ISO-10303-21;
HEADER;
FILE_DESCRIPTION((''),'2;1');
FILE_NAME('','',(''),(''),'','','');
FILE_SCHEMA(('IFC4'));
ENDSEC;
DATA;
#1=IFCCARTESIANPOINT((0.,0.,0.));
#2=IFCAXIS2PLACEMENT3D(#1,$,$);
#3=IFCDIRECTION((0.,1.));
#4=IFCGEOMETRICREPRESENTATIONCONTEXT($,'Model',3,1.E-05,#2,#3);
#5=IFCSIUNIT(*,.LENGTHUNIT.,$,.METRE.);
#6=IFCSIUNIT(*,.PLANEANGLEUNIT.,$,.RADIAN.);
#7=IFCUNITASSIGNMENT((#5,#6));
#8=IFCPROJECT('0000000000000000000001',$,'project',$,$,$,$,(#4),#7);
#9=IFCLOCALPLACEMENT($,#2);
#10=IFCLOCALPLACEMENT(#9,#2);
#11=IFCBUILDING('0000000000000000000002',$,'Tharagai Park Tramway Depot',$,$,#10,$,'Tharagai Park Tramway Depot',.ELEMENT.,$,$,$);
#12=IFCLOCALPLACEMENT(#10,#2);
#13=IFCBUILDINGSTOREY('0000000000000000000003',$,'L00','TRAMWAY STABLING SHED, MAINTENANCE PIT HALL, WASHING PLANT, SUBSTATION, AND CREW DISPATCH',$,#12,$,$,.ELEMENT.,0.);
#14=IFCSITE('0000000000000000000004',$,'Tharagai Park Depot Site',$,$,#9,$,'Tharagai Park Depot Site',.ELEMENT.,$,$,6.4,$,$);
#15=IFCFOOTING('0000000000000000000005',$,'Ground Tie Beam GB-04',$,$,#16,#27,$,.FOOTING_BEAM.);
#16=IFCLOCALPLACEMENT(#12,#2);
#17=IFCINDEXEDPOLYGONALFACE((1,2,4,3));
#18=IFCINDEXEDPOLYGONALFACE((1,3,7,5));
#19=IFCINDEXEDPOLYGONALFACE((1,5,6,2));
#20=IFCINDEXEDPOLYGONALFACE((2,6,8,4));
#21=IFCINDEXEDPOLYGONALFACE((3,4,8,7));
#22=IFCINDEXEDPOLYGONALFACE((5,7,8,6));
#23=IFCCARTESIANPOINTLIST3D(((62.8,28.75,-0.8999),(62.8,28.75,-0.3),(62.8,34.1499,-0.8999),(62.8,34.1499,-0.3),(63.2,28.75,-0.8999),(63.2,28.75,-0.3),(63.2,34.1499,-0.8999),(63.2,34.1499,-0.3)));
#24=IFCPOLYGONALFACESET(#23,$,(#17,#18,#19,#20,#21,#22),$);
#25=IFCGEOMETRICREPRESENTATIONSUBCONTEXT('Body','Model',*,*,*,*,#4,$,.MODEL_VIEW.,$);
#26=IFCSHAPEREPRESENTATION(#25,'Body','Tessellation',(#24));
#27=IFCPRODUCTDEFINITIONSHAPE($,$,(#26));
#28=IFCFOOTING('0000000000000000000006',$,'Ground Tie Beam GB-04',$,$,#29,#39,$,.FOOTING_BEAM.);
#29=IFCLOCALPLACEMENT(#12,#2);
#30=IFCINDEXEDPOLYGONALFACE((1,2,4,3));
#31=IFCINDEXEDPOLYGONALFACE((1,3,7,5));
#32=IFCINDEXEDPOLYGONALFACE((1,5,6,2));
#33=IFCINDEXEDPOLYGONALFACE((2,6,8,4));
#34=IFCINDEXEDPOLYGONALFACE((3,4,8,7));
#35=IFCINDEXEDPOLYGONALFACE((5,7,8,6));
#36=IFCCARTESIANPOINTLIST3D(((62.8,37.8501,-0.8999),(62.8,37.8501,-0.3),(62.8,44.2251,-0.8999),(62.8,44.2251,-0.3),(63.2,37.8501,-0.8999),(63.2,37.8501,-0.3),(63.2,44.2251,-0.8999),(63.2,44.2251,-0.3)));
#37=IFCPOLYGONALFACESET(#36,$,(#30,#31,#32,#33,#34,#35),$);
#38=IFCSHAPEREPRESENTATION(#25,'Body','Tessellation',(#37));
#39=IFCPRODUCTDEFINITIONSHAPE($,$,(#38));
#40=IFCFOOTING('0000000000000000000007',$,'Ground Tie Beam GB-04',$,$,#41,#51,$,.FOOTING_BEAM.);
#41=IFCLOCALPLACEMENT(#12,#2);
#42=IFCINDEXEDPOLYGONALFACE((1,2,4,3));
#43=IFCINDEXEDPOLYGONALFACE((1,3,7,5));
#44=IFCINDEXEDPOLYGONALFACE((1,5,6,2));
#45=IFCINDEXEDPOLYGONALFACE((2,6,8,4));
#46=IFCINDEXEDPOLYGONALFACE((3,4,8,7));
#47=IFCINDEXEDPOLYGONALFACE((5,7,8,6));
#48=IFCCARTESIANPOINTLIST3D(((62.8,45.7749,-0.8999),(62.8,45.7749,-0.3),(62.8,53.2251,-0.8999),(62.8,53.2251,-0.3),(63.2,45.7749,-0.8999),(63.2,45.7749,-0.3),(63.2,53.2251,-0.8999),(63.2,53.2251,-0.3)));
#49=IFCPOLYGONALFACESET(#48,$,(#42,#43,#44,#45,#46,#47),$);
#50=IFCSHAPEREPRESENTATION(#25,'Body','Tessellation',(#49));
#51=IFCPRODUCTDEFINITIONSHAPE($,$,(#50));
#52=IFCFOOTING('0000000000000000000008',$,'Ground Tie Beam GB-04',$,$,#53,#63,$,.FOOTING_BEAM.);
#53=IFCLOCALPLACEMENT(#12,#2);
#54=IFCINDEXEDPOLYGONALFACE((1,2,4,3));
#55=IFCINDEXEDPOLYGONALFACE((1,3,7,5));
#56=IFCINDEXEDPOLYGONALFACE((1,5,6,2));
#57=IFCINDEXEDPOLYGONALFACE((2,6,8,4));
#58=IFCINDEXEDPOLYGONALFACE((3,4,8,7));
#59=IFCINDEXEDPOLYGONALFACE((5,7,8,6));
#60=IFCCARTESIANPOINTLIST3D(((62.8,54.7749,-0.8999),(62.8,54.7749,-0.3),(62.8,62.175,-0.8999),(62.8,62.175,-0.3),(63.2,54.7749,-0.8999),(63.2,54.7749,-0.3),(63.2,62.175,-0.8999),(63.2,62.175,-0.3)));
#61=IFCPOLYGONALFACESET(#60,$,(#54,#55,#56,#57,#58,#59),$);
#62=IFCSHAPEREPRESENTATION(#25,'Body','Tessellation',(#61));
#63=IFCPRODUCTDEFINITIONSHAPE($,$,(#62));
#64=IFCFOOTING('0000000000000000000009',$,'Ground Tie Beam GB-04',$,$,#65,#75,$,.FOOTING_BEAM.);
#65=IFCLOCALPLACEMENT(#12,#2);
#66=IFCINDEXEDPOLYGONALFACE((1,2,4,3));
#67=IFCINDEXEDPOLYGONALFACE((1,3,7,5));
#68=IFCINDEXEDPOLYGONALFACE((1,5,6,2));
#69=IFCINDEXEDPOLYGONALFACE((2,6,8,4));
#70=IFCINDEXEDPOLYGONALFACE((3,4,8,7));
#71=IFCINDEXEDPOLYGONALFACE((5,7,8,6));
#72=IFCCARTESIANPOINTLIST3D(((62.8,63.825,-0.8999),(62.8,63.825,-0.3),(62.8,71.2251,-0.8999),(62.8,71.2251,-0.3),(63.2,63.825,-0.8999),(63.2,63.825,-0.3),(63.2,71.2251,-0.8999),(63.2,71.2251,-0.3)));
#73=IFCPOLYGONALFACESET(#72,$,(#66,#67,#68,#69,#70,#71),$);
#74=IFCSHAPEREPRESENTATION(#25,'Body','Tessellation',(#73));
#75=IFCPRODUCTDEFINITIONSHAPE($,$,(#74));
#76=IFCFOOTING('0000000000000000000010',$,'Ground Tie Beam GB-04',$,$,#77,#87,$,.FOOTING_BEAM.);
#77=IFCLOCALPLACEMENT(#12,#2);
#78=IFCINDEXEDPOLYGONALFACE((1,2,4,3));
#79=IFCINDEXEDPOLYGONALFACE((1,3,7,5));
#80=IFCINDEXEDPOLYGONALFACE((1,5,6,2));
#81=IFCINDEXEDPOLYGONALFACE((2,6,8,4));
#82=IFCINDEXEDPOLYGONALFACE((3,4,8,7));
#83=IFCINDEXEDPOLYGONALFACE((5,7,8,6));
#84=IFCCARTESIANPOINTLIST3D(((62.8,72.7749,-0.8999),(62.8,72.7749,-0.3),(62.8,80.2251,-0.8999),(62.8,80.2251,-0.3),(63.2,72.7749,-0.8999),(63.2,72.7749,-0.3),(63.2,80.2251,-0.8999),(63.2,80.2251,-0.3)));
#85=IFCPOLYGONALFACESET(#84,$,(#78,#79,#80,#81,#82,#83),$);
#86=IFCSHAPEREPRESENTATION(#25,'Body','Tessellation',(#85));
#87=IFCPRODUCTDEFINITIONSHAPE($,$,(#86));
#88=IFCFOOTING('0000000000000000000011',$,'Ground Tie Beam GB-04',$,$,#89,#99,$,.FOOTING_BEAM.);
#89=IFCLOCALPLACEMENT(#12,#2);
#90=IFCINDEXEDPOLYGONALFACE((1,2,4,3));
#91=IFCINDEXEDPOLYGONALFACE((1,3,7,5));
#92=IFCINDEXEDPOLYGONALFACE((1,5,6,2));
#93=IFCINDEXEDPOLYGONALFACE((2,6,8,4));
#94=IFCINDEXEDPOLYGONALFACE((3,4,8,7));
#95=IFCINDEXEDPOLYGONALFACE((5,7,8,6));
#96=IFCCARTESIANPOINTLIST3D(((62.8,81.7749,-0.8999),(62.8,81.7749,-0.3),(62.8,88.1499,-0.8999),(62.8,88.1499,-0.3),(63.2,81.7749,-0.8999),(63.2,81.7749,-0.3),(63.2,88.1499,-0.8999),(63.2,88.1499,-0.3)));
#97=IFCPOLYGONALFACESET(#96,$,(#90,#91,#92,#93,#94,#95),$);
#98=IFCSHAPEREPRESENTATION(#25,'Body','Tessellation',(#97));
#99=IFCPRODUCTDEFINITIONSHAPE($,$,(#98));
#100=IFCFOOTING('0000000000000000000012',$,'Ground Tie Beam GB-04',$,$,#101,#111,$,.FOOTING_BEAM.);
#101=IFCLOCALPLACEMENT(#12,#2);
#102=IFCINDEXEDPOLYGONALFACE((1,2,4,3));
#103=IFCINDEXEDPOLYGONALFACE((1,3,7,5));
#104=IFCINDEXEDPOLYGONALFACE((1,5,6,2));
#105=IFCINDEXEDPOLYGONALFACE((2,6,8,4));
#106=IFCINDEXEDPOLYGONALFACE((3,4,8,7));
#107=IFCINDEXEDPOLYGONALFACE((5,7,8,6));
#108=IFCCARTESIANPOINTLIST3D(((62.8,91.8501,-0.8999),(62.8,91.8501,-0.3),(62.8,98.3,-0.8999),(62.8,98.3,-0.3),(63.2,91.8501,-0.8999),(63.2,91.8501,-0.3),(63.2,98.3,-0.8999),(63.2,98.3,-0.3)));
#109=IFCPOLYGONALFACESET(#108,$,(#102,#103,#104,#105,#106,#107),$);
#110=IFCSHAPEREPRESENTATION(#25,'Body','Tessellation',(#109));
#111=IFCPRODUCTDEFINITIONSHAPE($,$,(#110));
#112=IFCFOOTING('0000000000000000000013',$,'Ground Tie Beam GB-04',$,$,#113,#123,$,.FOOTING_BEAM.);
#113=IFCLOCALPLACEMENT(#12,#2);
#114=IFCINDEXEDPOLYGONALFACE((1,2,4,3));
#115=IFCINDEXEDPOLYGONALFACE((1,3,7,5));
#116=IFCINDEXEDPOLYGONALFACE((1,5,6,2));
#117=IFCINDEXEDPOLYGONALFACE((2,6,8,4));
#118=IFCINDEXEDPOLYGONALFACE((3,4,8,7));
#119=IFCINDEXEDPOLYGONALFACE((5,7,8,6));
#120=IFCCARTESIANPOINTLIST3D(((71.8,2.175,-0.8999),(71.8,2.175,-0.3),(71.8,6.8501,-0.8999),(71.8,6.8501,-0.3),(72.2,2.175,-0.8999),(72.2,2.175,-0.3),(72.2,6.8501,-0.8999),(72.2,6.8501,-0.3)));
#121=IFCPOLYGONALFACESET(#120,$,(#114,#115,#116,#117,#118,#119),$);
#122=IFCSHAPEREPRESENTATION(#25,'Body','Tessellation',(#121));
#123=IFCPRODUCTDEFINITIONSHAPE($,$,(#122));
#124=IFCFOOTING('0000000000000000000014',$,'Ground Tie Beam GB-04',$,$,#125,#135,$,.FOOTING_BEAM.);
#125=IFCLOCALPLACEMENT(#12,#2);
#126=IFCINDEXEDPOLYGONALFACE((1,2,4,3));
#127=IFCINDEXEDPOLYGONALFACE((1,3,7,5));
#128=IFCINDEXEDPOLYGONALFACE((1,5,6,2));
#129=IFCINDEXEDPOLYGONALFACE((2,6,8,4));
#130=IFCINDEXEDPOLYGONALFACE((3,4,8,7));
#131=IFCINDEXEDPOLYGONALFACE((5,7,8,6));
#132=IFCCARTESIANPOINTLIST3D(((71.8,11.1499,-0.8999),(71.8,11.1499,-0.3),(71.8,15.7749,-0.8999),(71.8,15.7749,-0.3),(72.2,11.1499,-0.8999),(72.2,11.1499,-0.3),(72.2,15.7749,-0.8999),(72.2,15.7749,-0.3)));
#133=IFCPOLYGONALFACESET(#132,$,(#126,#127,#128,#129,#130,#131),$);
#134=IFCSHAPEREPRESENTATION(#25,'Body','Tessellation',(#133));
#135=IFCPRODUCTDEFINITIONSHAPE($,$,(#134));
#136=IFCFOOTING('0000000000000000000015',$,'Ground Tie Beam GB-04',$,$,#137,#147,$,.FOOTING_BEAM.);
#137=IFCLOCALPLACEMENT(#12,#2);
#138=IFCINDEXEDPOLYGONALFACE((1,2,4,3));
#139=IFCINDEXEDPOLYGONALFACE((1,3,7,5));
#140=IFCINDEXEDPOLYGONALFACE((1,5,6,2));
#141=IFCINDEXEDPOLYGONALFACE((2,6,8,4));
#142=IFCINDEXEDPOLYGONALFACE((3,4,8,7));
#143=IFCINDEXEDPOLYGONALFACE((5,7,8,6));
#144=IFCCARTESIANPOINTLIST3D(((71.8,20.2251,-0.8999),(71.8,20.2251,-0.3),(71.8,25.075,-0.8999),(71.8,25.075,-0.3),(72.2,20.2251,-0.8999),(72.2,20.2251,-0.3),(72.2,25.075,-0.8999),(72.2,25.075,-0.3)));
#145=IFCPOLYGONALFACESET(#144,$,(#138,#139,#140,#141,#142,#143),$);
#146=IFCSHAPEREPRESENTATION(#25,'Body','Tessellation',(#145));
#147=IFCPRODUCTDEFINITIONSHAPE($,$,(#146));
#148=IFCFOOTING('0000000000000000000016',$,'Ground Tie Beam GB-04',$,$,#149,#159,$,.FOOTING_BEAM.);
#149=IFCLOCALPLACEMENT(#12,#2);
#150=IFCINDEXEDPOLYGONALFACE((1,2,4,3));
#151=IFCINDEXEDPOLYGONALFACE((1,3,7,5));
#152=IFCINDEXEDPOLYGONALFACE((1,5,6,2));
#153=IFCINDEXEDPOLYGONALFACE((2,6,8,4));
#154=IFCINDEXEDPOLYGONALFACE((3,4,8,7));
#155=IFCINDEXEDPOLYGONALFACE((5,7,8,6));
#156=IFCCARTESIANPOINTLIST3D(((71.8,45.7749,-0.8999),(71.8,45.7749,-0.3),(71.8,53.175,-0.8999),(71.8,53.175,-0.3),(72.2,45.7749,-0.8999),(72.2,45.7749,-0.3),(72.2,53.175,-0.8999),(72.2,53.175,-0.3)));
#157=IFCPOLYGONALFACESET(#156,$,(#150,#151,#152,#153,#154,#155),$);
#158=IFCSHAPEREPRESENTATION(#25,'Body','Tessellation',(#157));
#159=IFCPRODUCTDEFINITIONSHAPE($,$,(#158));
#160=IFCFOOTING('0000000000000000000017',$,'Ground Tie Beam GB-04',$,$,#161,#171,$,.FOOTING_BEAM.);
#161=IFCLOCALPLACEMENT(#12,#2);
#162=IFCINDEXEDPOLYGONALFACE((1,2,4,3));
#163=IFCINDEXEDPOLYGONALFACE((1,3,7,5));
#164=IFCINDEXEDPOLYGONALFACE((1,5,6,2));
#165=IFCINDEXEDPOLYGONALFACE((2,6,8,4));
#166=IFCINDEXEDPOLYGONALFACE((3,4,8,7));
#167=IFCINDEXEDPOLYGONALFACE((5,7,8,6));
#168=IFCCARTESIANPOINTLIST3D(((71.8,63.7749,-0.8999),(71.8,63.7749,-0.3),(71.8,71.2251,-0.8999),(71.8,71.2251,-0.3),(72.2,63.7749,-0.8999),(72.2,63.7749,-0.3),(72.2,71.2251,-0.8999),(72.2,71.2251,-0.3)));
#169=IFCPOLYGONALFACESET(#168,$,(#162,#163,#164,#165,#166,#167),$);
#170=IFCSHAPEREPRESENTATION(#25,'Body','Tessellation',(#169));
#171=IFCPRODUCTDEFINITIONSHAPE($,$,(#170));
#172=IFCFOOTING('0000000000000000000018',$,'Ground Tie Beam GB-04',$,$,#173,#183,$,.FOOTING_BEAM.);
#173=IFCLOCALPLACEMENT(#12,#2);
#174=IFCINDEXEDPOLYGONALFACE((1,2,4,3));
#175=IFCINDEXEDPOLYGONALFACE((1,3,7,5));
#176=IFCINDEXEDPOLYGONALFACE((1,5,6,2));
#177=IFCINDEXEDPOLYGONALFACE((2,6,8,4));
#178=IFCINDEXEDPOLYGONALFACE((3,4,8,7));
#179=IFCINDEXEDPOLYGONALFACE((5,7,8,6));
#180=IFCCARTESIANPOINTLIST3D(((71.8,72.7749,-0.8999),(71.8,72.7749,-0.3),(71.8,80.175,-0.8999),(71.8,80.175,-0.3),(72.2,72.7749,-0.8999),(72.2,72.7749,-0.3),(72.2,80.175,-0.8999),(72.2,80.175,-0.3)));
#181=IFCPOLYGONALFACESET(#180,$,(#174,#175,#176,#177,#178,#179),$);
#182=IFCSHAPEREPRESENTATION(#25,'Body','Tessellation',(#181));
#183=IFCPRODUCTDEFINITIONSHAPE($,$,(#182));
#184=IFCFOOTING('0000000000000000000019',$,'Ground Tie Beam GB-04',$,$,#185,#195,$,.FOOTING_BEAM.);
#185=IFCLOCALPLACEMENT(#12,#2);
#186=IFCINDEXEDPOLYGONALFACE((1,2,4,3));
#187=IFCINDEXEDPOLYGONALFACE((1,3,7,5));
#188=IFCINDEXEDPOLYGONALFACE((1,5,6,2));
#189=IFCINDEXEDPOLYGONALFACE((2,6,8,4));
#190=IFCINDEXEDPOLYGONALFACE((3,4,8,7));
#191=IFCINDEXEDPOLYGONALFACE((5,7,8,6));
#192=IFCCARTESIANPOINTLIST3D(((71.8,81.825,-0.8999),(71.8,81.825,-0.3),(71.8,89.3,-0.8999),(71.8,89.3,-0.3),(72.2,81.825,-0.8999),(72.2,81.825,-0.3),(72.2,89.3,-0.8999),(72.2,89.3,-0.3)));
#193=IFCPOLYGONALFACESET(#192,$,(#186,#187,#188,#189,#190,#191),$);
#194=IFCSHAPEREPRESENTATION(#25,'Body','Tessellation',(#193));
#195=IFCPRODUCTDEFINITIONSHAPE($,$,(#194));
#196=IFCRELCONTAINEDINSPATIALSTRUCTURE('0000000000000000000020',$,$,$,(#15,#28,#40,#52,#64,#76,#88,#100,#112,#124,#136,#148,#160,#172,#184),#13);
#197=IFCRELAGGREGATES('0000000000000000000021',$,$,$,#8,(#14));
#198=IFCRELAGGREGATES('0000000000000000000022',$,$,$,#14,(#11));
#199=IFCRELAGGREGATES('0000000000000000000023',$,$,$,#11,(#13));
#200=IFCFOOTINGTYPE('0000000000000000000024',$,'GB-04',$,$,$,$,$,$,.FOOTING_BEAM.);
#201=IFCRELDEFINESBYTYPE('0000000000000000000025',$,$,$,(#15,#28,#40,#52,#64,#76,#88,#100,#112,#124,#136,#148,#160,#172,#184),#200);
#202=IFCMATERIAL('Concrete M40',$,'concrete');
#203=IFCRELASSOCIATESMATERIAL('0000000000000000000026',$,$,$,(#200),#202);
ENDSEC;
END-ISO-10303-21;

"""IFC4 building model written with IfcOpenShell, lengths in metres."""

from ifc_helpers import new_model, si_unit, direction, frame, origin, place, context, subcontext, project, spatial, polyline, outline, extrude, material, type_object, element, save


model = new_model("IFC4")

# Units and contexts
model_context = context("Model", 3, precision=1e-05, world=origin(), true_north=direction((0.0, 1.0)))
body_context = subcontext(model_context, "Body", "Model", "MODEL_VIEW")
ifc_project = project(units=[si_unit("LENGTHUNIT", "METRE"), si_unit("PLANEANGLEUNIT", "RADIAN")], contexts=[model_context])

# Site, building, storey
site_placement = place(None, origin())
site = spatial("IfcSite", under=ifc_project, at=site_placement, Name="Tharagai Park Depot Site", LongName="Tharagai Park Depot Site", CompositionType="ELEMENT", RefElevation=6.4)
building_placement = place(site_placement, origin())
building = spatial("IfcBuilding", under=site, at=building_placement, Name="Tharagai Park Tramway Depot", LongName="Tharagai Park Tramway Depot", CompositionType="ELEMENT")
storey_placement = place(building_placement, origin())
storey = spatial("IfcBuildingStorey", under=building, at=storey_placement, Name="L00", Description="TRAMWAY STABLING SHED, MAINTENANCE PIT HALL, WASHING PLANT, SUBSTATION, AND CREW DISPATCH", CompositionType="ELEMENT", Elevation=0.0)

# Footings
ifc_material = material(Name="Concrete M40", Category="concrete")
footing_type = type_object("IfcFootingType", Name="GB-04", PredefinedType="FOOTING_BEAM", material=ifc_material)
footing_1_placement = place(storey_placement, frame((0.0, 0.0, -0.8999)))
element("IfcFooting", 1, at=footing_1_placement, inside=storey, type_object=footing_type, Name="Ground Tie Beam GB-04", PredefinedType="FOOTING_BEAM", context=body_context, shape_type="SweptSolid", body=[
    extrude(outline(polyline([(62.8, 28.75), (63.2, 28.75), (63.2, 34.1499), (62.8, 34.1499), (62.8, 28.75)])), origin(), (0.0, 0.0, 1.0), 0.5999),
])
footing_2_placement = place(storey_placement, frame((0.0, 0.0, -0.8999)))
element("IfcFooting", 2, at=footing_2_placement, inside=storey, type_object=footing_type, Name="Ground Tie Beam GB-04", PredefinedType="FOOTING_BEAM", context=body_context, shape_type="SweptSolid", body=[
    extrude(outline(polyline([(62.8, 37.8501), (63.2, 37.8501), (63.2, 44.2251), (62.8, 44.2251), (62.8, 37.8501)])), origin(), (0.0, 0.0, 1.0), 0.5999),
])
footing_3_placement = place(storey_placement, frame((0.0, 0.0, -0.8999)))
element("IfcFooting", 3, at=footing_3_placement, inside=storey, type_object=footing_type, Name="Ground Tie Beam GB-04", PredefinedType="FOOTING_BEAM", context=body_context, shape_type="SweptSolid", body=[
    extrude(outline(polyline([(62.8, 45.7749), (63.2, 45.7749), (63.2, 53.2251), (62.8, 53.2251), (62.8, 45.7749)])), origin(), (0.0, 0.0, 1.0), 0.5999),
])
footing_4_placement = place(storey_placement, frame((0.0, 0.0, -0.8999)))
element("IfcFooting", 4, at=footing_4_placement, inside=storey, type_object=footing_type, Name="Ground Tie Beam GB-04", PredefinedType="FOOTING_BEAM", context=body_context, shape_type="SweptSolid", body=[
    extrude(outline(polyline([(62.8, 54.7749), (63.2, 54.7749), (63.2, 62.175), (62.8, 62.175), (62.8, 54.7749)])), origin(), (0.0, 0.0, 1.0), 0.5999),
])
footing_5_placement = place(storey_placement, frame((0.0, 0.0, -0.8999)))
element("IfcFooting", 5, at=footing_5_placement, inside=storey, type_object=footing_type, Name="Ground Tie Beam GB-04", PredefinedType="FOOTING_BEAM", context=body_context, shape_type="SweptSolid", body=[
    extrude(outline(polyline([(62.8, 63.825), (63.2, 63.825), (63.2, 71.2251), (62.8, 71.2251), (62.8, 63.825)])), origin(), (0.0, 0.0, 1.0), 0.5999),
])
footing_6_placement = place(storey_placement, frame((0.0, 0.0, -0.8999)))
element("IfcFooting", 6, at=footing_6_placement, inside=storey, type_object=footing_type, Name="Ground Tie Beam GB-04", PredefinedType="FOOTING_BEAM", context=body_context, shape_type="SweptSolid", body=[
    extrude(outline(polyline([(62.8, 72.7749), (63.2, 72.7749), (63.2, 80.2251), (62.8, 80.2251), (62.8, 72.7749)])), origin(), (0.0, 0.0, 1.0), 0.5999),
])
footing_7_placement = place(storey_placement, frame((0.0, 0.0, -0.8999)))
element("IfcFooting", 7, at=footing_7_placement, inside=storey, type_object=footing_type, Name="Ground Tie Beam GB-04", PredefinedType="FOOTING_BEAM", context=body_context, shape_type="SweptSolid", body=[
    extrude(outline(polyline([(62.8, 81.7749), (63.2, 81.7749), (63.2, 88.1499), (62.8, 88.1499), (62.8, 81.7749)])), origin(), (0.0, 0.0, 1.0), 0.5999),
])
footing_8_placement = place(storey_placement, frame((0.0, 0.0, -0.8999)))
element("IfcFooting", 8, at=footing_8_placement, inside=storey, type_object=footing_type, Name="Ground Tie Beam GB-04", PredefinedType="FOOTING_BEAM", context=body_context, shape_type="SweptSolid", body=[
    extrude(outline(polyline([(62.8, 91.8501), (63.2, 91.8501), (63.2, 98.3), (62.8, 98.3), (62.8, 91.8501)])), origin(), (0.0, 0.0, 1.0), 0.5999),
])
footing_9_placement = place(storey_placement, frame((0.0, 0.0, -0.8999)))
element("IfcFooting", 9, at=footing_9_placement, inside=storey, type_object=footing_type, Name="Ground Tie Beam GB-04", PredefinedType="FOOTING_BEAM", context=body_context, shape_type="SweptSolid", body=[
    extrude(outline(polyline([(71.8, 2.175), (72.2, 2.175), (72.2, 6.8501), (71.8, 6.8501), (71.8, 2.175)])), origin(), (0.0, 0.0, 1.0), 0.5999),
])
footing_10_placement = place(storey_placement, frame((0.0, 0.0, -0.8999)))
element("IfcFooting", 10, at=footing_10_placement, inside=storey, type_object=footing_type, Name="Ground Tie Beam GB-04", PredefinedType="FOOTING_BEAM", context=body_context, shape_type="SweptSolid", body=[
    extrude(outline(polyline([(71.8, 11.1499), (72.2, 11.1499), (72.2, 15.7749), (71.8, 15.7749), (71.8, 11.1499)])), origin(), (0.0, 0.0, 1.0), 0.5999),
])
footing_11_placement = place(storey_placement, frame((0.0, 0.0, -0.8999)))
element("IfcFooting", 11, at=footing_11_placement, inside=storey, type_object=footing_type, Name="Ground Tie Beam GB-04", PredefinedType="FOOTING_BEAM", context=body_context, shape_type="SweptSolid", body=[
    extrude(outline(polyline([(71.8, 20.2251), (72.2, 20.2251), (72.2, 25.075), (71.8, 25.075), (71.8, 20.2251)])), origin(), (0.0, 0.0, 1.0), 0.5999),
])
footing_12_placement = place(storey_placement, frame((0.0, 0.0, -0.8999)))
element("IfcFooting", 12, at=footing_12_placement, inside=storey, type_object=footing_type, Name="Ground Tie Beam GB-04", PredefinedType="FOOTING_BEAM", context=body_context, shape_type="SweptSolid", body=[
    extrude(outline(polyline([(71.8, 45.7749), (72.2, 45.7749), (72.2, 53.175), (71.8, 53.175), (71.8, 45.7749)])), origin(), (0.0, 0.0, 1.0), 0.5999),
])
footing_13_placement = place(storey_placement, frame((0.0, 0.0, -0.8999)))
element("IfcFooting", 13, at=footing_13_placement, inside=storey, type_object=footing_type, Name="Ground Tie Beam GB-04", PredefinedType="FOOTING_BEAM", context=body_context, shape_type="SweptSolid", body=[
    extrude(outline(polyline([(71.8, 63.7749), (72.2, 63.7749), (72.2, 71.2251), (71.8, 71.2251), (71.8, 63.7749)])), origin(), (0.0, 0.0, 1.0), 0.5999),
])
footing_14_placement = place(storey_placement, frame((0.0, 0.0, -0.8999)))
element("IfcFooting", 14, at=footing_14_placement, inside=storey, type_object=footing_type, Name="Ground Tie Beam GB-04", PredefinedType="FOOTING_BEAM", context=body_context, shape_type="SweptSolid", body=[
    extrude(outline(polyline([(71.8, 72.7749), (72.2, 72.7749), (72.2, 80.175), (71.8, 80.175), (71.8, 72.7749)])), origin(), (0.0, 0.0, 1.0), 0.5999),
])
footing_15_placement = place(storey_placement, frame((0.0, 0.0, -0.8999)))
element("IfcFooting", 15, at=footing_15_placement, inside=storey, type_object=footing_type, Name="Ground Tie Beam GB-04", PredefinedType="FOOTING_BEAM", context=body_context, shape_type="SweptSolid", body=[
    extrude(outline(polyline([(71.8, 81.825), (72.2, 81.825), (72.2, 89.3), (71.8, 89.3), (71.8, 81.825)])), origin(), (0.0, 0.0, 1.0), 0.5999),
])

save(model, "model.ifc")
